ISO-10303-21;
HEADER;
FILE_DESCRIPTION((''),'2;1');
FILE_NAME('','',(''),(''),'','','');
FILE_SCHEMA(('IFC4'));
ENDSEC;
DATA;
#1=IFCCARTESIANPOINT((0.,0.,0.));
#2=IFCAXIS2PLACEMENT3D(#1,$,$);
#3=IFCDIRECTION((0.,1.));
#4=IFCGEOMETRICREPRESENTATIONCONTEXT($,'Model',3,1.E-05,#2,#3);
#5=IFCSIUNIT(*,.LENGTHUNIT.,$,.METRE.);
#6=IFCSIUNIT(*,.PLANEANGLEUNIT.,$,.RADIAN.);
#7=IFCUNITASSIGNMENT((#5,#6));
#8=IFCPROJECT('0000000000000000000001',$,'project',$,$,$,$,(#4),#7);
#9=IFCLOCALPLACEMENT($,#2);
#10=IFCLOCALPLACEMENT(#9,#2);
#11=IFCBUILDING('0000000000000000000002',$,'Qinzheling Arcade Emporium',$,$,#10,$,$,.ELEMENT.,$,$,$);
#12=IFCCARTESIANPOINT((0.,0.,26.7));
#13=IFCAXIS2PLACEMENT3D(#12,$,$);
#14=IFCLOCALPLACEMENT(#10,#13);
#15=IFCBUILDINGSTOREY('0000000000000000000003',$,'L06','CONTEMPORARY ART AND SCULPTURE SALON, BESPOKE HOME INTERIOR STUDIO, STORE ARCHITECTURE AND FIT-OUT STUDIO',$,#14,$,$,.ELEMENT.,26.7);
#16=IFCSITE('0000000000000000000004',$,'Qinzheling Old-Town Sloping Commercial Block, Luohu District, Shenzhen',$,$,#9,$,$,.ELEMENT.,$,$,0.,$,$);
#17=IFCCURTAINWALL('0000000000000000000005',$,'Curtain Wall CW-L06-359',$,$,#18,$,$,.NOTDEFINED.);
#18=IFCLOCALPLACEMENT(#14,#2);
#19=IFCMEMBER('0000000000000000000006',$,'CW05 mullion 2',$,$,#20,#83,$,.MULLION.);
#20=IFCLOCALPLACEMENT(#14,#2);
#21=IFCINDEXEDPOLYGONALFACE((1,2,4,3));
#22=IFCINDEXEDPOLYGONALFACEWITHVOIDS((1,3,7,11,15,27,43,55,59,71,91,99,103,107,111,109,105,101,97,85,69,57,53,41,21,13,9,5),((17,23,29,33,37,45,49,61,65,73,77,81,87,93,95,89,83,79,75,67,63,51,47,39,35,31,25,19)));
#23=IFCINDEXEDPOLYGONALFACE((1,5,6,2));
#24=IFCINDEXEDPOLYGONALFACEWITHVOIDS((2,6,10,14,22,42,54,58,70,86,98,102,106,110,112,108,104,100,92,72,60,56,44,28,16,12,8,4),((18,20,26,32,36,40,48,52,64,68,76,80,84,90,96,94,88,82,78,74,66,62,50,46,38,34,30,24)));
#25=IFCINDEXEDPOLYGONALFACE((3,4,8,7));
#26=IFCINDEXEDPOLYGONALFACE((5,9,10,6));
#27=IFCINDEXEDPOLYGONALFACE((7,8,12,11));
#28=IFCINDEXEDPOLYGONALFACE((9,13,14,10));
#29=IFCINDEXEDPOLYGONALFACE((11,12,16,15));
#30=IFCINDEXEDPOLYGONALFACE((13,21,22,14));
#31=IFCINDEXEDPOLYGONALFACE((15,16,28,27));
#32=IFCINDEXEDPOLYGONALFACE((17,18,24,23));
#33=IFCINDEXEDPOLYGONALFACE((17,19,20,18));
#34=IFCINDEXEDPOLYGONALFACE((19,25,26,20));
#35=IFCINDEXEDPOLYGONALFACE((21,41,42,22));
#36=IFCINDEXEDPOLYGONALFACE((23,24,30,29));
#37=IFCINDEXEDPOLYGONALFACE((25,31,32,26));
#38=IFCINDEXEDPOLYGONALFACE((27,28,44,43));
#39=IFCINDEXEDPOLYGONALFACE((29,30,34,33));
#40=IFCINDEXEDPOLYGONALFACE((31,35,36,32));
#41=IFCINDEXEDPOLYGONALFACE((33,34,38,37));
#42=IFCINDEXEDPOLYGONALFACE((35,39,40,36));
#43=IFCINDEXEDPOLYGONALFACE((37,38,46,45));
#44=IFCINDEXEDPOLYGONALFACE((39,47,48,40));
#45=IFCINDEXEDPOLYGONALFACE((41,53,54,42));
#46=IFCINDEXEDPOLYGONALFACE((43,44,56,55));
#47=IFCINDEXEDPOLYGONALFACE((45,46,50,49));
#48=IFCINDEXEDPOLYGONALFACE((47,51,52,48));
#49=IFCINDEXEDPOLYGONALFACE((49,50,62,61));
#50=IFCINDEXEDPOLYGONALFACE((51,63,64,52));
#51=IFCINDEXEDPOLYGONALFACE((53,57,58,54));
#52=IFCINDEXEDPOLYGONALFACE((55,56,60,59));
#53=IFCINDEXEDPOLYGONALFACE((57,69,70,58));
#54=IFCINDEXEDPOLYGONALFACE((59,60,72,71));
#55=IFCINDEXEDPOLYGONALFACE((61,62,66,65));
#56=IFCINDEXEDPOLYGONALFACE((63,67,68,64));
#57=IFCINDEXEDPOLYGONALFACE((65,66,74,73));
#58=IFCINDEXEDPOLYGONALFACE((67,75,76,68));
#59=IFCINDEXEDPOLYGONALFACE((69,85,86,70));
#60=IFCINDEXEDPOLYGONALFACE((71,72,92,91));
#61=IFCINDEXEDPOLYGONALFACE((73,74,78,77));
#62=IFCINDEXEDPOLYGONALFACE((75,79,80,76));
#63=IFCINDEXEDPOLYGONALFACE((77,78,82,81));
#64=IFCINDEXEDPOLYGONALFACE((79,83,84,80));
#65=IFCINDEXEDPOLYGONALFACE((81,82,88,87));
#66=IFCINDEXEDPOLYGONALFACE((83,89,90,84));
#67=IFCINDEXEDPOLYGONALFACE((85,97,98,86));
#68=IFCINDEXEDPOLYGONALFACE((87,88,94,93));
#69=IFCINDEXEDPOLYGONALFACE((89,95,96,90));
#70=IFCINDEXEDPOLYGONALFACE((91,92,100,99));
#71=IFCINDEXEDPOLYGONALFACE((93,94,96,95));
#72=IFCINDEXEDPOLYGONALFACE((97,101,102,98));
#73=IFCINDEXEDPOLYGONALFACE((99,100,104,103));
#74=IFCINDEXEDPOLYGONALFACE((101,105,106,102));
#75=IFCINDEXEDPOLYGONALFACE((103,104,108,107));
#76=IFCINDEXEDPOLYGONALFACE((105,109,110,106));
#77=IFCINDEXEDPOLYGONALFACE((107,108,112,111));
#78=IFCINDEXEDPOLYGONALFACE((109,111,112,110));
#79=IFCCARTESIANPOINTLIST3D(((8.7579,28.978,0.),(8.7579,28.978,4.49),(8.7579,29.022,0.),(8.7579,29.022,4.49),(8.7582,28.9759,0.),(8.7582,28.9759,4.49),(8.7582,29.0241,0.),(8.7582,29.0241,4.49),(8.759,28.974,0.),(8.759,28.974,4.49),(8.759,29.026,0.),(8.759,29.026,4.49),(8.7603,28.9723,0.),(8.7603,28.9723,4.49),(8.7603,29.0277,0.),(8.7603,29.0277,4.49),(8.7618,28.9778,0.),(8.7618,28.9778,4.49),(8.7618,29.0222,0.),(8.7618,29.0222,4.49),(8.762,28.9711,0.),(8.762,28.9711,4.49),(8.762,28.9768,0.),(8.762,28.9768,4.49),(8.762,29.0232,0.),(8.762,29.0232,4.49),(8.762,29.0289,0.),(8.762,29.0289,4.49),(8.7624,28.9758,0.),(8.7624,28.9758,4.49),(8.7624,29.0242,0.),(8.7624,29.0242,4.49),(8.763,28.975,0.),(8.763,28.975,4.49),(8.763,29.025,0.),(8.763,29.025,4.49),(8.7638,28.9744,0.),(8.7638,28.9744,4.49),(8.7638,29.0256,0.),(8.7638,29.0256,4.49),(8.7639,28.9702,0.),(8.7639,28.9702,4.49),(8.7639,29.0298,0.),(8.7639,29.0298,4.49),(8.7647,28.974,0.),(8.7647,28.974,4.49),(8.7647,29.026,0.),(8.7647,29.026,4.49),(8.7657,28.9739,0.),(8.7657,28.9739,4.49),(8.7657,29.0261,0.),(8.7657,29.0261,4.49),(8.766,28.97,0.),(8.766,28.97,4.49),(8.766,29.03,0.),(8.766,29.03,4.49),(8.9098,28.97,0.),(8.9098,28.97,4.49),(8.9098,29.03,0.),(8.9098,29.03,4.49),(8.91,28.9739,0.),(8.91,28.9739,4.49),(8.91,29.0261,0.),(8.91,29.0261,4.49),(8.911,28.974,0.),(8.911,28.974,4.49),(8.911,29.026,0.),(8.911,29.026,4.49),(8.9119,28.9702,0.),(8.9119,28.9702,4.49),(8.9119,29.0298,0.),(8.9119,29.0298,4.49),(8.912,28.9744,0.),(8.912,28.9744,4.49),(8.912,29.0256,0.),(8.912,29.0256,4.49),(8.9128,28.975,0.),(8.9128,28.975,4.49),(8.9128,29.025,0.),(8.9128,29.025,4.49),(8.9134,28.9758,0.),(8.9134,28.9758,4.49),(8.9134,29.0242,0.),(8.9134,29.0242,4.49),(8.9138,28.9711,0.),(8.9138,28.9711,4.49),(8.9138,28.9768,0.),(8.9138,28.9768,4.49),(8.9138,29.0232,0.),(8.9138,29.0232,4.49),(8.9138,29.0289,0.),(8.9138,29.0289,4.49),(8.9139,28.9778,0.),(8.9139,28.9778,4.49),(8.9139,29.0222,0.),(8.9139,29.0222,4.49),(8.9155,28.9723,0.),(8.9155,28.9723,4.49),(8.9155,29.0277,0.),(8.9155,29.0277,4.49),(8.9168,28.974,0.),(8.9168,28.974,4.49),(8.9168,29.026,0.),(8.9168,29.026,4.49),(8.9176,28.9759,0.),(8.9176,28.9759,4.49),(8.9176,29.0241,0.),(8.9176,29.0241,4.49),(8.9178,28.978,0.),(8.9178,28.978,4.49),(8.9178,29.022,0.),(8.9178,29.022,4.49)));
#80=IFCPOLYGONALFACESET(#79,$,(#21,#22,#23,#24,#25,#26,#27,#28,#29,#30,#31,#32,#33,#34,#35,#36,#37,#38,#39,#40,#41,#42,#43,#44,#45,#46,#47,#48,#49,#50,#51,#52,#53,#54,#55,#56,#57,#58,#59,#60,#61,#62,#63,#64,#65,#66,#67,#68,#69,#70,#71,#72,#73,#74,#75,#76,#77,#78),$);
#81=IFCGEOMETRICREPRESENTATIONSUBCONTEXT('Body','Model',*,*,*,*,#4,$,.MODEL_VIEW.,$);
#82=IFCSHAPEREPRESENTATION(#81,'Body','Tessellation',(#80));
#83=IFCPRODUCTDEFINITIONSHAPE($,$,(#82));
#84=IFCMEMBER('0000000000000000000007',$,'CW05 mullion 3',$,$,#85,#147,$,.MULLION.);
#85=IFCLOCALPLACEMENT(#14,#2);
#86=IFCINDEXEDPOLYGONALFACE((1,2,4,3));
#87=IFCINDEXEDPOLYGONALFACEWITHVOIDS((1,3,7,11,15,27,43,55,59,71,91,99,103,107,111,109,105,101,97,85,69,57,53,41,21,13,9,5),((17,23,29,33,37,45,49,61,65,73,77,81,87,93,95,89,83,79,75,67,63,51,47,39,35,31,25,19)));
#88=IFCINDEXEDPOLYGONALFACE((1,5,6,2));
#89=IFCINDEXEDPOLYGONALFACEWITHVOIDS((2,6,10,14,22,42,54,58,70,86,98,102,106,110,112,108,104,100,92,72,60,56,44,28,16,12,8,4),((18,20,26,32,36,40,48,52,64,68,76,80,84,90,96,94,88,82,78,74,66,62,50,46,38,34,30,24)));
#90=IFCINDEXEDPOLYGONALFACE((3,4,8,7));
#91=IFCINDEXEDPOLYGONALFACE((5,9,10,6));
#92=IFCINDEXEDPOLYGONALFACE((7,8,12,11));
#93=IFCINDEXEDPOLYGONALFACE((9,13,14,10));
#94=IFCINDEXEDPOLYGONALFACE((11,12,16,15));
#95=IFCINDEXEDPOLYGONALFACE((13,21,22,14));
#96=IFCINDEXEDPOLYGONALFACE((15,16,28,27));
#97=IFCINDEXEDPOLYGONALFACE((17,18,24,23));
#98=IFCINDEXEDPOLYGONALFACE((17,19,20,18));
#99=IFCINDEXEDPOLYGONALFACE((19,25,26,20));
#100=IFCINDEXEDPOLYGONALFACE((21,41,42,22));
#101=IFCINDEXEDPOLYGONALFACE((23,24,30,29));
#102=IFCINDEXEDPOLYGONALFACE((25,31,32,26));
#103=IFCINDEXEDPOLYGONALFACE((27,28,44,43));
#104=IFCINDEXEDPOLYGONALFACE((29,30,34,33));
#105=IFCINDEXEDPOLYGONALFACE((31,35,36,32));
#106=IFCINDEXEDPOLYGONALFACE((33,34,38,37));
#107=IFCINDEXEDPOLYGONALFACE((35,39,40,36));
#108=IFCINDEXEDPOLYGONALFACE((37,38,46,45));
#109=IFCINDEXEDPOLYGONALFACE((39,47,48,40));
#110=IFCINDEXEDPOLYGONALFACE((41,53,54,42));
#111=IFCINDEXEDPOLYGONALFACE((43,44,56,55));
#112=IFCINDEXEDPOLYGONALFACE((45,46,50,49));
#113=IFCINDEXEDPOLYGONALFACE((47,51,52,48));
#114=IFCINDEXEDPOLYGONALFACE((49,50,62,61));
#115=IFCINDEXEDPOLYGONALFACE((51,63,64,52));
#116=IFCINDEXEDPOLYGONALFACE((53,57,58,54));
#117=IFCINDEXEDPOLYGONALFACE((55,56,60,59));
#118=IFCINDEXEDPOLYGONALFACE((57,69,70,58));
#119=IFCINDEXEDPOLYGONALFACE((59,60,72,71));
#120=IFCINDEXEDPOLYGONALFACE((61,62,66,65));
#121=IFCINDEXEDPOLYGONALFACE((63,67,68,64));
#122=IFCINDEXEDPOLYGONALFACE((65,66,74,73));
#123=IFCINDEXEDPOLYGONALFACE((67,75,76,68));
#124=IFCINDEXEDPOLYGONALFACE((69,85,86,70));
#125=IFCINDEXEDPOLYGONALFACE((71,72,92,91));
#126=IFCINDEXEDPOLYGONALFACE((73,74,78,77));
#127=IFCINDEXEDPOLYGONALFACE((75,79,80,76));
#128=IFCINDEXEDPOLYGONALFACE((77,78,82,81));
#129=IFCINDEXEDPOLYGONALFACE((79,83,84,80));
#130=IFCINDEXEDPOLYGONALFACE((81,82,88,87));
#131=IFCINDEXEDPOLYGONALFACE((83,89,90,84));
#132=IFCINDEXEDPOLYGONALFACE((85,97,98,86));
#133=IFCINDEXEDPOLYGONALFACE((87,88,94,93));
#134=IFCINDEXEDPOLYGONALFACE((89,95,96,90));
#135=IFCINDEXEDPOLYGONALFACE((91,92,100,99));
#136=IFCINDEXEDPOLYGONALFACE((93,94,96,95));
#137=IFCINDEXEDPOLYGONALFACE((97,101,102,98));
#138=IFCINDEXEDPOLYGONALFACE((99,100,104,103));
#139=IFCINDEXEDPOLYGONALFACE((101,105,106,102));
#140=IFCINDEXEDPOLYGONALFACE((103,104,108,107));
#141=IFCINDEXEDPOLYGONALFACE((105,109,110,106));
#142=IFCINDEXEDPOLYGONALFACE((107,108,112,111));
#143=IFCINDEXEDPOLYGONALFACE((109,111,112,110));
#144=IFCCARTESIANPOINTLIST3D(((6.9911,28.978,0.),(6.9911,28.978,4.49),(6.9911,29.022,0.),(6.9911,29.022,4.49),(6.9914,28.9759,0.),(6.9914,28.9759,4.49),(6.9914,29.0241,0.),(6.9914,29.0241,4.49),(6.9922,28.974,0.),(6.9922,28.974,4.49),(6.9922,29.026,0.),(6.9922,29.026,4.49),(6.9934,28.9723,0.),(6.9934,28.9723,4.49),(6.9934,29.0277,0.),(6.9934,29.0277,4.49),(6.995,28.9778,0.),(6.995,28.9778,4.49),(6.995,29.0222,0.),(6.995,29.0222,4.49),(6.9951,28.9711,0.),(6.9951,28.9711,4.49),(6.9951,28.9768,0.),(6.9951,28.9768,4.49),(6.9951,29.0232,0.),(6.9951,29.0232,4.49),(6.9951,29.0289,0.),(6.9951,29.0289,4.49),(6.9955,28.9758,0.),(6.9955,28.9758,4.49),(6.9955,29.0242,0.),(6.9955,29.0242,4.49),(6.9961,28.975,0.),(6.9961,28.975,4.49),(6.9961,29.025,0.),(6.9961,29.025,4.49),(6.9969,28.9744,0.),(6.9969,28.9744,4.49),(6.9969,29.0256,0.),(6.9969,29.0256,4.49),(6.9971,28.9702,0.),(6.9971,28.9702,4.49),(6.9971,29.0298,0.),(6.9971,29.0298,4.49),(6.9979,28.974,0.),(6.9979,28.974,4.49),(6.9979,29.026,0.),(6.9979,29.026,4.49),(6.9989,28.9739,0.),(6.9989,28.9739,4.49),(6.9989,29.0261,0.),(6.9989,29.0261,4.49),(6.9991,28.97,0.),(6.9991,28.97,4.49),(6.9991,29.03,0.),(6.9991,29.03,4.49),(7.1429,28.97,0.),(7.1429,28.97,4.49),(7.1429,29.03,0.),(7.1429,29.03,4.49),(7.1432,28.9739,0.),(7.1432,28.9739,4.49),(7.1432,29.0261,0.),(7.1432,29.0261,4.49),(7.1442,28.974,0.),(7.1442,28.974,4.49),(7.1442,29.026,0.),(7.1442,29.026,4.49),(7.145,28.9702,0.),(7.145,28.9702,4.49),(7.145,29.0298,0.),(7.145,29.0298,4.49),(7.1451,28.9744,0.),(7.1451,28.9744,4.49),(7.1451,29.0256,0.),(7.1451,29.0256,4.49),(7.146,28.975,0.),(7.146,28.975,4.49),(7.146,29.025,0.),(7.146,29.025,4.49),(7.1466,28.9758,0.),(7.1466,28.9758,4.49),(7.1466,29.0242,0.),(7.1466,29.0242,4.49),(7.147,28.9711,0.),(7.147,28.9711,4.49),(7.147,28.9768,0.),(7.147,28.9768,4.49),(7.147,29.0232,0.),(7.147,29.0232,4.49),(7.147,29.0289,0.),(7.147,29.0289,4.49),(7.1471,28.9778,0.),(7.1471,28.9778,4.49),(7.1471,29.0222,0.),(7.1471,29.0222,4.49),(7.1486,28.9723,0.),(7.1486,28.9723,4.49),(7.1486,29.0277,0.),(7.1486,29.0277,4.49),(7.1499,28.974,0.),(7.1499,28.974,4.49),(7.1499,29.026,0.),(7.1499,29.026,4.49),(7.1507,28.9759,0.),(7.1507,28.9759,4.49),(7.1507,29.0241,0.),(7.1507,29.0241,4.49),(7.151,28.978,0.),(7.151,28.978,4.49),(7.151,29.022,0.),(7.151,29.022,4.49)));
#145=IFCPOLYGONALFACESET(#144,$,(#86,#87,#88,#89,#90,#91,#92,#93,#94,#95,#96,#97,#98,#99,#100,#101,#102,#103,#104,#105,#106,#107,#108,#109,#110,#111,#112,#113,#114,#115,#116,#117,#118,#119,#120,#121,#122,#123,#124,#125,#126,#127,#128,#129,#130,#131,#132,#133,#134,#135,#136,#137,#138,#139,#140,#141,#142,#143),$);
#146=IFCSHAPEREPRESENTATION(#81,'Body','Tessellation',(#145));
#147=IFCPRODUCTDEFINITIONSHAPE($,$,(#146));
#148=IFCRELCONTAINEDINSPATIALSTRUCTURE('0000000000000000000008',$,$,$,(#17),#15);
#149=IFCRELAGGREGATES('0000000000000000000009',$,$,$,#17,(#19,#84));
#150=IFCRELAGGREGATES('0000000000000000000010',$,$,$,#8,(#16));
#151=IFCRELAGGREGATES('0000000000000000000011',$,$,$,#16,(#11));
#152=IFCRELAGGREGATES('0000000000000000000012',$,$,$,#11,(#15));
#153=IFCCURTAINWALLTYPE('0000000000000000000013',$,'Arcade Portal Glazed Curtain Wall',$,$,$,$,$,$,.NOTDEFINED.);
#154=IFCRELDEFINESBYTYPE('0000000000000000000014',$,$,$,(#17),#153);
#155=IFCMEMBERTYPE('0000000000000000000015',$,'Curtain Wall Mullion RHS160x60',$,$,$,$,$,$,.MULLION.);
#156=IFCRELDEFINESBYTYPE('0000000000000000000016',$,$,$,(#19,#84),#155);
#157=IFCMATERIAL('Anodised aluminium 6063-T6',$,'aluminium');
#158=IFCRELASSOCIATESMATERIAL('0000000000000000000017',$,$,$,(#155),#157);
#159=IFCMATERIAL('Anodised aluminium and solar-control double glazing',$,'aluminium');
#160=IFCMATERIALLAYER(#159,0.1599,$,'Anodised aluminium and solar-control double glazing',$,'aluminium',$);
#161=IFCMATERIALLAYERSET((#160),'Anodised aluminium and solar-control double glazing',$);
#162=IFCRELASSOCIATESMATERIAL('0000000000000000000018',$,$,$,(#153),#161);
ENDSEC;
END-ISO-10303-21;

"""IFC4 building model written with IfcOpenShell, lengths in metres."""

from ifc_helpers import new_model, si_unit, direction, frame, origin, origin_2d, place, context, subcontext, project, spatial, hollow_rectangle, extrude, material, layer, layer_set, material_profile, profile_set, type_object, element, aggregate, save


model = new_model("IFC4")

# Units and contexts
model_context = context("Model", 3, precision=1e-05, world=origin(), true_north=direction((0.0, 1.0)))
body_context = subcontext(model_context, "Body", "Model", "MODEL_VIEW")
ifc_project = project(units=[si_unit("LENGTHUNIT", "METRE"), si_unit("PLANEANGLEUNIT", "RADIAN")], contexts=[model_context])

# Site, building, storey
site_placement = place(None, origin())
site = spatial("IfcSite", under=ifc_project, at=site_placement, Name="Qinzheling Old-Town Sloping Commercial Block, Luohu District, Shenzhen", CompositionType="ELEMENT", RefElevation=0.0)
building_placement = place(site_placement, origin())
building = spatial("IfcBuilding", under=site, at=building_placement, Name="Qinzheling Arcade Emporium", CompositionType="ELEMENT")
storey_placement = place(building_placement, frame((0.0, 0.0, 26.7)))
storey = spatial("IfcBuildingStorey", under=building, at=storey_placement, Name="L06", Description="CONTEMPORARY ART AND SCULPTURE SALON, BESPOKE HOME INTERIOR STUDIO, STORE ARCHITECTURE AND FIT-OUT STUDIO", CompositionType="ELEMENT", Elevation=26.7)

# Shared definitions
ifc_material_1 = material(Name="Anodised aluminium and solar-control double glazing", Category="aluminium")
ifc_material_2 = material(Name="Anodised aluminium 6063-T6", Category="aluminium")
ifc_material_profile_1 = material_profile(ifc_material_2, hollow_rectangle(XDim=0.0601, YDim=0.1599, WallThickness=0.0039, InnerFilletRadius=0.0039, OuterFilletRadius=0.0081, at=origin_2d()), Name="RHS 160x60x4", Category="aluminium")
ifc_profile_set_1 = profile_set([ifc_material_profile_1], Name="Anodised aluminium 6063-T6")
member_type_1 = type_object("IfcMemberType", Name="Curtain Wall Mullion RHS160x60", PredefinedType="MULLION", material=ifc_profile_set_1)

# Curtain wall, members
ifc_layer_1 = layer(ifc_material_1, 0.1599, Name="Anodised aluminium and solar-control double glazing", Category="aluminium")
ifc_layer_set_1 = layer_set([ifc_layer_1], Name="Anodised aluminium and solar-control double glazing")
curtain_wall_type_1 = type_object("IfcCurtainWallType", Name="Arcade Portal Glazed Curtain Wall", PredefinedType="NOTDEFINED", material=ifc_layer_set_1)
curtain_wall_1_placement = place(storey_placement, origin())
curtain_wall_1 = element("IfcCurtainWall", 1, at=curtain_wall_1_placement, inside=storey, type_object=curtain_wall_type_1, Name="Curtain Wall CW-L06-359", PredefinedType="NOTDEFINED")
member_1_placement = place(storey_placement, frame((8.8379, 29.0, 0.0), z_axis=(0.0, 0.0, 1.0), x_axis=(0.0, -1.0, 0.0)))
member_1 = element("IfcMember", 2, at=member_1_placement, type_object=member_type_1, Name="CW05 mullion 2", PredefinedType="MULLION", context=body_context, shape_type="SweptSolid", body=[
    extrude(hollow_rectangle(XDim=0.0601, YDim=0.1599, WallThickness=0.0039, InnerFilletRadius=0.0039, OuterFilletRadius=0.0081, at=origin_2d()), origin(), (0.0, 0.0, 1.0), 4.49),
])
member_2_placement = place(storey_placement, frame((7.071, 29.0, 0.0), z_axis=(0.0, 0.0, 1.0), x_axis=(0.0, -1.0, 0.0)))
member_2 = element("IfcMember", 3, at=member_2_placement, type_object=member_type_1, Name="CW05 mullion 3", PredefinedType="MULLION", context=body_context, shape_type="SweptSolid", body=[
    extrude(hollow_rectangle(XDim=0.0601, YDim=0.1599, WallThickness=0.0039, InnerFilletRadius=0.0039, OuterFilletRadius=0.0081, at=origin_2d()), origin(), (0.0, 0.0, 1.0), 4.49),
])

aggregate(curtain_wall_1, [member_1, member_2])

save(model, "model.ifc")
